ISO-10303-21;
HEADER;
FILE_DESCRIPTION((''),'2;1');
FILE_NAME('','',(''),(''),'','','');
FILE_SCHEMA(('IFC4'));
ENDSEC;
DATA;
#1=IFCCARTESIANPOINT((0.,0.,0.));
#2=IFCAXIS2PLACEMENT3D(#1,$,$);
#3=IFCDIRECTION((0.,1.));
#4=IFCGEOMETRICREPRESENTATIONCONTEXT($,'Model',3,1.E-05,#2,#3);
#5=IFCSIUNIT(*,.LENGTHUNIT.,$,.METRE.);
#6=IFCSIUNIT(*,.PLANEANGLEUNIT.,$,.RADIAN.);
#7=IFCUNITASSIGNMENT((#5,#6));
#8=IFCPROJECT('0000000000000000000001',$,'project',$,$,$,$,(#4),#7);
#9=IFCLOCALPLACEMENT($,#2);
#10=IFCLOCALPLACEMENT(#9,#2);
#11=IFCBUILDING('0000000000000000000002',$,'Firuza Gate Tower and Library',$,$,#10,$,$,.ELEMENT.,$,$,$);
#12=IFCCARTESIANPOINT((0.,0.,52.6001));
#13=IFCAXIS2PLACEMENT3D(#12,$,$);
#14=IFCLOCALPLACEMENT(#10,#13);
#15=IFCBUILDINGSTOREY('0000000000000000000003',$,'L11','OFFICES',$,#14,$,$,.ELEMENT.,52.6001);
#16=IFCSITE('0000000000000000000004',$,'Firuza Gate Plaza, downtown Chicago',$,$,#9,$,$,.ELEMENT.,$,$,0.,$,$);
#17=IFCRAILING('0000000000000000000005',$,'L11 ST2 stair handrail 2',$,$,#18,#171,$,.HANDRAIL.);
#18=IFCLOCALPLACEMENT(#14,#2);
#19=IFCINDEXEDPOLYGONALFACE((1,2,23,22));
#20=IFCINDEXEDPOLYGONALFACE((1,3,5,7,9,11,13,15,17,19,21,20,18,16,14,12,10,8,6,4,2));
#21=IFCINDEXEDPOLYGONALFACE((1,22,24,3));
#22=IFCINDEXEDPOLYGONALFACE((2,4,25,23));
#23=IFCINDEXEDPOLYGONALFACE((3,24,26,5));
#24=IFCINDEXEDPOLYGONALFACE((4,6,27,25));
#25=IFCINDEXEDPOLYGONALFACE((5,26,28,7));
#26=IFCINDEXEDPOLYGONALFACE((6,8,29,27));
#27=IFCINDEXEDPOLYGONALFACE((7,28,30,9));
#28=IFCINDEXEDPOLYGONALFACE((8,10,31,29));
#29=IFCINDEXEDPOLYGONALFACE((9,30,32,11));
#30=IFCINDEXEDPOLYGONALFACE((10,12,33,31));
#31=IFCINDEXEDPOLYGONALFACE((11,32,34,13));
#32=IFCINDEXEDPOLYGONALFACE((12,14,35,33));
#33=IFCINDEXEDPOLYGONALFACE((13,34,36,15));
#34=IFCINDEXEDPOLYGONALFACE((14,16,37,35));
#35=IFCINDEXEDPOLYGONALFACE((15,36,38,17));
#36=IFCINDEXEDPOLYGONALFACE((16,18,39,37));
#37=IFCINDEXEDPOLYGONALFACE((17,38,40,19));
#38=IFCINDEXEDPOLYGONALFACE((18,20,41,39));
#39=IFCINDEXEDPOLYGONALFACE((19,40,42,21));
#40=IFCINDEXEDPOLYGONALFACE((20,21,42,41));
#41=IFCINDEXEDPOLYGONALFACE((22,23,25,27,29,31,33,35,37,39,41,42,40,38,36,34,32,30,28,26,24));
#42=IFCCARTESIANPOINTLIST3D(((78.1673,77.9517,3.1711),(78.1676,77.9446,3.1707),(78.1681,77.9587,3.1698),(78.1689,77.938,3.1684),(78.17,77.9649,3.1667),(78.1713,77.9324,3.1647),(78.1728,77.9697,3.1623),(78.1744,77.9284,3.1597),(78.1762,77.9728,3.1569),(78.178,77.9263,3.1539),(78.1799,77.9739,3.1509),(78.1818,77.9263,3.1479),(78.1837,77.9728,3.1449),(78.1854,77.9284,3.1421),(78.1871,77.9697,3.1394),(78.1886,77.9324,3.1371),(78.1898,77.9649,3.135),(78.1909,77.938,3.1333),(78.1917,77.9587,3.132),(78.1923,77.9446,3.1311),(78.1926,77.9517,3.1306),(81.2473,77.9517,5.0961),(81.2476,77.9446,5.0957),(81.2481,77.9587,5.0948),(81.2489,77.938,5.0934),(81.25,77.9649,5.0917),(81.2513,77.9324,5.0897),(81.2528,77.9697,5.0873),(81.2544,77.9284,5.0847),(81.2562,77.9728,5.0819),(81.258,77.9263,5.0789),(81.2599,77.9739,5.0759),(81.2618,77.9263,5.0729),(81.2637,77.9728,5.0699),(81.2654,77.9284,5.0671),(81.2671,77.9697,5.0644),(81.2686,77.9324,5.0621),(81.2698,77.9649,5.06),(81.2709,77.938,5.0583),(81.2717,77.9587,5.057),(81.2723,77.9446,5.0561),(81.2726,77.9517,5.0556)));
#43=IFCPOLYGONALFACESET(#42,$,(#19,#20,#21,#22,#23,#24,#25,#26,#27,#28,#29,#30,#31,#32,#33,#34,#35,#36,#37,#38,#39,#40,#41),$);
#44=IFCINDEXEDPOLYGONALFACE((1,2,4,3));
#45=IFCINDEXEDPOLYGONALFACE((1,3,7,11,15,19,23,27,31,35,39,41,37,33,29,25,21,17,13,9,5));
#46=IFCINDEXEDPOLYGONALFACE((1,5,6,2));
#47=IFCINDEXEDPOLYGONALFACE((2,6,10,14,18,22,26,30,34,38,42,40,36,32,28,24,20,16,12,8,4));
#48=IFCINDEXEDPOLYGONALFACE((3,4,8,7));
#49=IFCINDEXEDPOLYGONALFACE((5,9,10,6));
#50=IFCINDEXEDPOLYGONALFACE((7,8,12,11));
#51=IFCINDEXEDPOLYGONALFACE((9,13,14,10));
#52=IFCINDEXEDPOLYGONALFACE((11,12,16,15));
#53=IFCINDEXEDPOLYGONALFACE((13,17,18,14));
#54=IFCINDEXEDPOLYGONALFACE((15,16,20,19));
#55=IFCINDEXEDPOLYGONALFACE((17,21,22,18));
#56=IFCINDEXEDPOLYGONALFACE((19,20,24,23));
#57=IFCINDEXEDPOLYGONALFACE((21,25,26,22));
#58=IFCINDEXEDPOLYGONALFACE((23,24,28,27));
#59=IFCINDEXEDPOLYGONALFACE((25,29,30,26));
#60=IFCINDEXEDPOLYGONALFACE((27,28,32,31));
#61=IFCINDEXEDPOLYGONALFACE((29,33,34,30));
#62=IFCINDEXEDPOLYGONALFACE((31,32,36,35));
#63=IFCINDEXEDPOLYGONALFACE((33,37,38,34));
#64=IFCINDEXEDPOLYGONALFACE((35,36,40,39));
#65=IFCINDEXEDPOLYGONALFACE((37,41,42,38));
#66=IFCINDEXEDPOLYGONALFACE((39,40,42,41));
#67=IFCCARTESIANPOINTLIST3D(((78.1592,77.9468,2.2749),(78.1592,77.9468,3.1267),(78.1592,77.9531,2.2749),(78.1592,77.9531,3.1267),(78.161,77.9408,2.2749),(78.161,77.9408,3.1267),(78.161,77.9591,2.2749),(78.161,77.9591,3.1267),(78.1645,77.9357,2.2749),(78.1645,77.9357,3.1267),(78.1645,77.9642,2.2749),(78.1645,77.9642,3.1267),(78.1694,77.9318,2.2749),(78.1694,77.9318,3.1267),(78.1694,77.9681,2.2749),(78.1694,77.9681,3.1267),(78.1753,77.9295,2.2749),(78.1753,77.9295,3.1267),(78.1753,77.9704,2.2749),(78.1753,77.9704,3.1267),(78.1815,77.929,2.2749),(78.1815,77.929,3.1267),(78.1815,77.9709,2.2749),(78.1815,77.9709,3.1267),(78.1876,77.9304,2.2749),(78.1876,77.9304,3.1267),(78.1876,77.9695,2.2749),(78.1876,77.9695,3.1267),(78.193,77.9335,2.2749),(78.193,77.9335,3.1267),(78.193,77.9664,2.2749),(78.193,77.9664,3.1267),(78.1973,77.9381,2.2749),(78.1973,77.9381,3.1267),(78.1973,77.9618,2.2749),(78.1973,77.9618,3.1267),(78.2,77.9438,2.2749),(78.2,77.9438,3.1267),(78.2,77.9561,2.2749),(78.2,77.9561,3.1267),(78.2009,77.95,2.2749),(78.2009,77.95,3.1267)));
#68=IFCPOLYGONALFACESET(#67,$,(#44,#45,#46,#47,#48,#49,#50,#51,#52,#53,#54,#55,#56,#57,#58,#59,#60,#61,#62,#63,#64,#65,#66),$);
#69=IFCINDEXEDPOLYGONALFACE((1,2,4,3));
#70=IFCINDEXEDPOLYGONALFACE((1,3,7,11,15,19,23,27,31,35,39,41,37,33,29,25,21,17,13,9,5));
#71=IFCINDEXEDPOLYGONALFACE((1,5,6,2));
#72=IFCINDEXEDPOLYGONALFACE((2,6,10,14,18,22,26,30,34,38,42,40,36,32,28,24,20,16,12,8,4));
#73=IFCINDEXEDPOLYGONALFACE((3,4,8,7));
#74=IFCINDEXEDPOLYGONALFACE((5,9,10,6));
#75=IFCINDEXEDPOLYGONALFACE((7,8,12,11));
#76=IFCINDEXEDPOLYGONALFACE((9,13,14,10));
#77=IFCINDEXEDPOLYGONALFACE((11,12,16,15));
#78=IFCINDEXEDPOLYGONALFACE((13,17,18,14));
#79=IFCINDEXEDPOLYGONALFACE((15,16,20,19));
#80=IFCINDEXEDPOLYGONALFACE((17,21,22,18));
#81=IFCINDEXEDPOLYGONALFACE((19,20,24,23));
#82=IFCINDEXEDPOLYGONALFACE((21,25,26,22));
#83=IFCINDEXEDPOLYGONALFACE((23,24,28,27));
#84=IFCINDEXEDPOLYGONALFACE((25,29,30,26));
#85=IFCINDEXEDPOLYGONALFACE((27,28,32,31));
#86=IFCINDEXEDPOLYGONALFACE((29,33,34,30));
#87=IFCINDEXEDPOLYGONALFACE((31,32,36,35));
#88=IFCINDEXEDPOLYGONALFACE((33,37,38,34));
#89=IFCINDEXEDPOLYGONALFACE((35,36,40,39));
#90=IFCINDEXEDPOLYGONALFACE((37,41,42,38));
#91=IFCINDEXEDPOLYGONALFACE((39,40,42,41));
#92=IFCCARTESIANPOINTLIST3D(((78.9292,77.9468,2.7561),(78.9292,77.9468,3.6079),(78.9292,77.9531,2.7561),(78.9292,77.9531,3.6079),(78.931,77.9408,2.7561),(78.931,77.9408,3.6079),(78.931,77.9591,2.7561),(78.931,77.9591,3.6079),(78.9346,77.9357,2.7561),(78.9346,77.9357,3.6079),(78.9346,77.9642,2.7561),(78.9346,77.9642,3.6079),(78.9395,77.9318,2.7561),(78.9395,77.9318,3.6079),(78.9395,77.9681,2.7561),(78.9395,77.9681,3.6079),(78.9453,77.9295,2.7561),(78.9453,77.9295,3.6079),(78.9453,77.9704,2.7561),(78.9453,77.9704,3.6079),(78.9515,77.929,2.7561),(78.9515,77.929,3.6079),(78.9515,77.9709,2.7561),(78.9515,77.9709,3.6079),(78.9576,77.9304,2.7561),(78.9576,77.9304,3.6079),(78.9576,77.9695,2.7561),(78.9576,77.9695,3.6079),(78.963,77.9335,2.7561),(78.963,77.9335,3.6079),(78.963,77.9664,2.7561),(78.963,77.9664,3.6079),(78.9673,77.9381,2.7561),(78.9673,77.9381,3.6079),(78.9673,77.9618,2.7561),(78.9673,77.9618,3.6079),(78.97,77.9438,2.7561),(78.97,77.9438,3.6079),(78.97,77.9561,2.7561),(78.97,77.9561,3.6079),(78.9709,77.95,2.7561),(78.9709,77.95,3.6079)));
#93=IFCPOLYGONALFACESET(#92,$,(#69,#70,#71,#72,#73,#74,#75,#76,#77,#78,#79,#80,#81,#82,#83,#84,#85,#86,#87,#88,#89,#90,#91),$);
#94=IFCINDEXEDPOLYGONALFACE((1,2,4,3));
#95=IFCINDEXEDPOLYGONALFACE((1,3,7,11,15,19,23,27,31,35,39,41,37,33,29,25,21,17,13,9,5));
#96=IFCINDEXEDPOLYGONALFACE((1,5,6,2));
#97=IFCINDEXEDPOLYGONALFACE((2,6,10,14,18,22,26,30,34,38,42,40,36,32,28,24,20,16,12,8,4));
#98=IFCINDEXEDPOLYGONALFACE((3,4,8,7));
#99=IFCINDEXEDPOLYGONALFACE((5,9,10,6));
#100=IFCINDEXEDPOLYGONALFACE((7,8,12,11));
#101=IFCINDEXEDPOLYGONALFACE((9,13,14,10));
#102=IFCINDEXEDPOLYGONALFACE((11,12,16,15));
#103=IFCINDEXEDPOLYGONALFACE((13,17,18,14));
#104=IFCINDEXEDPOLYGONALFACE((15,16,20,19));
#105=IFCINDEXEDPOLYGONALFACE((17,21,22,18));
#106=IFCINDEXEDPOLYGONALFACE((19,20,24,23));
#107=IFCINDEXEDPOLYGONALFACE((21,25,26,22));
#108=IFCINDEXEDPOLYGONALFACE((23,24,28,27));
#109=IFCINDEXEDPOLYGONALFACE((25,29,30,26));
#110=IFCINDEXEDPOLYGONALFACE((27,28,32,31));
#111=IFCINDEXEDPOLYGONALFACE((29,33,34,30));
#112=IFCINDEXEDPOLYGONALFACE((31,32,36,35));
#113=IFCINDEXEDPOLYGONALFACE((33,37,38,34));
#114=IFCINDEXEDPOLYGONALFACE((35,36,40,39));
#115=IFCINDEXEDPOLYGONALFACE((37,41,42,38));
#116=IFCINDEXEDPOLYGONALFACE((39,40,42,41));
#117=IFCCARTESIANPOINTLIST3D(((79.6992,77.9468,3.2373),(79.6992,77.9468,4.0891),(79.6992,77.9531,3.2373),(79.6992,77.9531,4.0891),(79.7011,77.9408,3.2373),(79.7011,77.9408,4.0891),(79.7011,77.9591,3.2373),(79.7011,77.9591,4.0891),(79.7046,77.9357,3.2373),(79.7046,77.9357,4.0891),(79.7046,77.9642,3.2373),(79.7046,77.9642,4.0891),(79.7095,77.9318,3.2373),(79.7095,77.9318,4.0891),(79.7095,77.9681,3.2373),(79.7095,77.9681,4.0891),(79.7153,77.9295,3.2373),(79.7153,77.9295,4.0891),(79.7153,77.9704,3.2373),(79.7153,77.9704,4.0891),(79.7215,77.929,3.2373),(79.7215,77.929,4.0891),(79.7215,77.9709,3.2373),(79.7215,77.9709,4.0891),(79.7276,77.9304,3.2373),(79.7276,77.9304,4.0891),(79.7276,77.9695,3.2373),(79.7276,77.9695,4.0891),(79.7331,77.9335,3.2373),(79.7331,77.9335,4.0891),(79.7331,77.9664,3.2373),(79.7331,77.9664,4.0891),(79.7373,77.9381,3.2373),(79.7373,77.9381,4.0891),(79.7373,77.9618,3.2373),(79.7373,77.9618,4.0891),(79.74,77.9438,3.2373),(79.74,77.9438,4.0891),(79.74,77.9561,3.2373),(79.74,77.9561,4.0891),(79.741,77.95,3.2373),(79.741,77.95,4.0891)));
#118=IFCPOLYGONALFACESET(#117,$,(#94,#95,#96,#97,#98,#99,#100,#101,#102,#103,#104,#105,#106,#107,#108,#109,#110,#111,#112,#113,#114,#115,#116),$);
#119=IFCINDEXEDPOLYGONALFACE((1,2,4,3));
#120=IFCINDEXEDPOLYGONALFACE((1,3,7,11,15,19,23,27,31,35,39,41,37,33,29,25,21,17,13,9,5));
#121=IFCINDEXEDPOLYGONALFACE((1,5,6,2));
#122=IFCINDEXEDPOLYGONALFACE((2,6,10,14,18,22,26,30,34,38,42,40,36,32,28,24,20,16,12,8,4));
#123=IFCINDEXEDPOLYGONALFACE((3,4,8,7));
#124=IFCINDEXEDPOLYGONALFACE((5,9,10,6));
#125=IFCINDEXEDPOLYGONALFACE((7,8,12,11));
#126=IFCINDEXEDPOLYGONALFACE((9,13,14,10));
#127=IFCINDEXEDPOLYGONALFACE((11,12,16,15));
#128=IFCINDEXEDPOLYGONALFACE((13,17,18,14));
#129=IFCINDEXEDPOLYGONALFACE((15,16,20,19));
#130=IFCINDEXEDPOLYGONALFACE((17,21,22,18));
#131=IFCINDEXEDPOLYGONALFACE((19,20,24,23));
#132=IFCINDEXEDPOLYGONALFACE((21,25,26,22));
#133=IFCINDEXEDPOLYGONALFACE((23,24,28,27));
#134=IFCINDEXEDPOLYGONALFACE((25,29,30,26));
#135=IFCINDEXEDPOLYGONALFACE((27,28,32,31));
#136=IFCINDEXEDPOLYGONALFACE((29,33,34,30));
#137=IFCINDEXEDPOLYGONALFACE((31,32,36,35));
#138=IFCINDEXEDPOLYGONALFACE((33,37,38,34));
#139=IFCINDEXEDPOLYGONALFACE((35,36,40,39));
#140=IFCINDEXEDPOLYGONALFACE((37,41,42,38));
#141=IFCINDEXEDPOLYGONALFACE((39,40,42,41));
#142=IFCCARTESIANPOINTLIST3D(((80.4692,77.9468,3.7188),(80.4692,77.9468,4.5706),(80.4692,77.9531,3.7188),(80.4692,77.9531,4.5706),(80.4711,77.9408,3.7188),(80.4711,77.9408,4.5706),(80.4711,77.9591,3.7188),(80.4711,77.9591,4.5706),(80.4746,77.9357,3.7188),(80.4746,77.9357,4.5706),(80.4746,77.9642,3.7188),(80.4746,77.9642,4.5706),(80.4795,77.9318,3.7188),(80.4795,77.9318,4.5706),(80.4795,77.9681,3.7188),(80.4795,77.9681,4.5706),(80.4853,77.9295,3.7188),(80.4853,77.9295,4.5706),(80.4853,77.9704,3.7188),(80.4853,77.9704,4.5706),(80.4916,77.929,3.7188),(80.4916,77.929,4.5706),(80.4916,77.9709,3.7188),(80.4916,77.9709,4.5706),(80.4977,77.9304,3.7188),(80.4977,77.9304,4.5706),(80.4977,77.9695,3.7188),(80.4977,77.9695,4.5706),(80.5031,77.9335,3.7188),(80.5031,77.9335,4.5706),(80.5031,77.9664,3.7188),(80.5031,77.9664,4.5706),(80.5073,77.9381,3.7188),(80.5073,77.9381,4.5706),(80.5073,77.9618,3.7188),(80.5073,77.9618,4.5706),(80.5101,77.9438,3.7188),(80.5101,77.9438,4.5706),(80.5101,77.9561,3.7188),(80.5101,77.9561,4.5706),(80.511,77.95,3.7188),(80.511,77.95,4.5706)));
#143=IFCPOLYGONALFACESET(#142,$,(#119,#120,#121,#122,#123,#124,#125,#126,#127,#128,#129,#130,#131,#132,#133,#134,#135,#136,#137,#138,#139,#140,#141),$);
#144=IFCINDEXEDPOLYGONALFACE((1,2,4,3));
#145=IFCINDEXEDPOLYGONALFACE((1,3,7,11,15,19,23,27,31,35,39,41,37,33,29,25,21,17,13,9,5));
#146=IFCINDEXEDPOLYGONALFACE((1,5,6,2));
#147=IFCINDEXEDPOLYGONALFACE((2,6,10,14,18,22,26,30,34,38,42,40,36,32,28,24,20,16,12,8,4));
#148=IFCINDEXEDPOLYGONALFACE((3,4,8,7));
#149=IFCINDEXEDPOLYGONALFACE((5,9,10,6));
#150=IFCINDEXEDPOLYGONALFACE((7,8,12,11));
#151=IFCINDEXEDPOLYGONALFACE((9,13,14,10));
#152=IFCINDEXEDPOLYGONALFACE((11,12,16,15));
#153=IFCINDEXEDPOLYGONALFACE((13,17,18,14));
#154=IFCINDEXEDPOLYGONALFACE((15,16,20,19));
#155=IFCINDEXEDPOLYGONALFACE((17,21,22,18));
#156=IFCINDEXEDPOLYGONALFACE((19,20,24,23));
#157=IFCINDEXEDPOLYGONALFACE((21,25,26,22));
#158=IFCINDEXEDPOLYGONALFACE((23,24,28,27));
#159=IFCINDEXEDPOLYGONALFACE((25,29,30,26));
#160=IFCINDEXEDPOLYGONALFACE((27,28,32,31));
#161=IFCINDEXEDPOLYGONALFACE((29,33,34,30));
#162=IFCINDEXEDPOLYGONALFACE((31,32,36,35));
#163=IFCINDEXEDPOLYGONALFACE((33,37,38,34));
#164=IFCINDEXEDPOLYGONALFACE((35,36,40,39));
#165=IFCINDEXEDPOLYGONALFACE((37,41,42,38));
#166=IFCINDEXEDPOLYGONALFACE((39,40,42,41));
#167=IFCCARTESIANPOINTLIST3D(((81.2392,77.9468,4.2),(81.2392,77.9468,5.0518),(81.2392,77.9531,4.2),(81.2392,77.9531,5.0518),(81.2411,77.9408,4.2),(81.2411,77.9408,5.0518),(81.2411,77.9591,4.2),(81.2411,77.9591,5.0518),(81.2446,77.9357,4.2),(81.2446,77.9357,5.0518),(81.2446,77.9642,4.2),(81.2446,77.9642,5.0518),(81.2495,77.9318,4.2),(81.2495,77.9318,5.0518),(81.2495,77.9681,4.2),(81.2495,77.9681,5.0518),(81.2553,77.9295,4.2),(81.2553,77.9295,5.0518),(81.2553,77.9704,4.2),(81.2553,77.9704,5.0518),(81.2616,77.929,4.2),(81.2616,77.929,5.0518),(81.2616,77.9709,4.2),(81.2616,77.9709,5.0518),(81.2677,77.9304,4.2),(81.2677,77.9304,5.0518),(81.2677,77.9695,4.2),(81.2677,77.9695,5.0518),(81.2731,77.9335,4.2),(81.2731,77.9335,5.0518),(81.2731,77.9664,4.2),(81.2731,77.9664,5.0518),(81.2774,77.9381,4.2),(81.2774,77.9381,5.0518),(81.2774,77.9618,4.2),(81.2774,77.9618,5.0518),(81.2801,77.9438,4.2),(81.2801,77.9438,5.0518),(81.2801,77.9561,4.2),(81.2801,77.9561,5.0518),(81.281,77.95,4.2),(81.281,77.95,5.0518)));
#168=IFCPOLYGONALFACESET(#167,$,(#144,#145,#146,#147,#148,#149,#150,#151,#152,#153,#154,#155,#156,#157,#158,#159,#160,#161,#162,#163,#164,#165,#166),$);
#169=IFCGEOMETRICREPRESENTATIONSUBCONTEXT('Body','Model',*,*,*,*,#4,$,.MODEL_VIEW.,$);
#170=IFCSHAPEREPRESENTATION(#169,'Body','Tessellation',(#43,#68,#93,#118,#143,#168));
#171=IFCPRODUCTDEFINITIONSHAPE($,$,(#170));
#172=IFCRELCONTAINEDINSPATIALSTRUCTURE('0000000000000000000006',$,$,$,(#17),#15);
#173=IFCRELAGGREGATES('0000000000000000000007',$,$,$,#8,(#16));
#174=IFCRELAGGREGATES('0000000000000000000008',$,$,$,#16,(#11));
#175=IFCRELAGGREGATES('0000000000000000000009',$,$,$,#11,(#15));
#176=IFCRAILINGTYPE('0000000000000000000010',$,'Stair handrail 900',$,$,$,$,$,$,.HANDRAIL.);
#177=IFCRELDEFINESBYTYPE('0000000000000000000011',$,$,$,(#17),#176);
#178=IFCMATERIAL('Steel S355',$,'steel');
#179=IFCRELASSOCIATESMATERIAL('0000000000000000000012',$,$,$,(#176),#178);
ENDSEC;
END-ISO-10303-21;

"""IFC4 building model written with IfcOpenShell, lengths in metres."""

from ifc_helpers import new_model, si_unit, direction, frame, origin, origin_2d, place, context, subcontext, project, spatial, circle, extrude, material, type_object, element, save


model = new_model("IFC4")

# Units and contexts
model_context = context("Model", 3, precision=1e-05, world=origin(), true_north=direction((0.0, 1.0)))
body_context = subcontext(model_context, "Body", "Model", "MODEL_VIEW")
ifc_project = project(units=[si_unit("LENGTHUNIT", "METRE"), si_unit("PLANEANGLEUNIT", "RADIAN")], contexts=[model_context])

# Site, building, storey
site_placement = place(None, origin())
site = spatial("IfcSite", under=ifc_project, at=site_placement, Name="Firuza Gate Plaza, downtown Chicago", CompositionType="ELEMENT", RefElevation=0.0)
building_placement = place(site_placement, origin())
building = spatial("IfcBuilding", under=site, at=building_placement, Name="Firuza Gate Tower and Library", CompositionType="ELEMENT")
storey_placement = place(building_placement, frame((0.0, 0.0, 52.6001)))
storey = spatial("IfcBuildingStorey", under=building, at=storey_placement, Name="L11", Description="OFFICES", CompositionType="ELEMENT", Elevation=52.6001)

# Railing
ifc_material_1 = material(Name="Steel S355", Category="steel")
railing_type = type_object("IfcRailingType", Name="Stair handrail 900", PredefinedType="HANDRAIL", material=ifc_material_1)
railing_1_placement = place(storey_placement, frame((78.1799, 77.95, 2.2749)))
element("IfcRailing", 1, at=railing_1_placement, inside=storey, type_object=railing_type, Name="L11 ST2 stair handrail 2", PredefinedType="HANDRAIL", context=body_context, shape_type="SweptSolid", body=[
    extrude(circle(Radius=0.0239, at=origin_2d()), frame((0.0, 0.0, 0.876), z_axis=(0.847998, 0.0, 0.529999), x_axis=(0.0, 1.0, 0.0)), (0.0, 0.0, 1.0), 3.6321),
    extrude(circle(Radius=0.021, at=origin_2d()), origin(), (0.0, 0.0, 1.0), 0.8518),
    extrude(circle(Radius=0.021, at=origin_2d()), frame((0.77, 0.0, 0.4812)), (0.0, 0.0, 1.0), 0.8518),
    extrude(circle(Radius=0.021, at=origin_2d()), frame((1.54, 0.0, 0.9624)), (0.0, 0.0, 1.0), 0.8518),
    extrude(circle(Radius=0.021, at=origin_2d()), frame((2.3101, 0.0, 1.4438)), (0.0, 0.0, 1.0), 0.8518),
    extrude(circle(Radius=0.021, at=origin_2d()), frame((3.0801, 0.0, 1.925)), (0.0, 0.0, 1.0), 0.8518),
])

save(model, "model.ifc")
